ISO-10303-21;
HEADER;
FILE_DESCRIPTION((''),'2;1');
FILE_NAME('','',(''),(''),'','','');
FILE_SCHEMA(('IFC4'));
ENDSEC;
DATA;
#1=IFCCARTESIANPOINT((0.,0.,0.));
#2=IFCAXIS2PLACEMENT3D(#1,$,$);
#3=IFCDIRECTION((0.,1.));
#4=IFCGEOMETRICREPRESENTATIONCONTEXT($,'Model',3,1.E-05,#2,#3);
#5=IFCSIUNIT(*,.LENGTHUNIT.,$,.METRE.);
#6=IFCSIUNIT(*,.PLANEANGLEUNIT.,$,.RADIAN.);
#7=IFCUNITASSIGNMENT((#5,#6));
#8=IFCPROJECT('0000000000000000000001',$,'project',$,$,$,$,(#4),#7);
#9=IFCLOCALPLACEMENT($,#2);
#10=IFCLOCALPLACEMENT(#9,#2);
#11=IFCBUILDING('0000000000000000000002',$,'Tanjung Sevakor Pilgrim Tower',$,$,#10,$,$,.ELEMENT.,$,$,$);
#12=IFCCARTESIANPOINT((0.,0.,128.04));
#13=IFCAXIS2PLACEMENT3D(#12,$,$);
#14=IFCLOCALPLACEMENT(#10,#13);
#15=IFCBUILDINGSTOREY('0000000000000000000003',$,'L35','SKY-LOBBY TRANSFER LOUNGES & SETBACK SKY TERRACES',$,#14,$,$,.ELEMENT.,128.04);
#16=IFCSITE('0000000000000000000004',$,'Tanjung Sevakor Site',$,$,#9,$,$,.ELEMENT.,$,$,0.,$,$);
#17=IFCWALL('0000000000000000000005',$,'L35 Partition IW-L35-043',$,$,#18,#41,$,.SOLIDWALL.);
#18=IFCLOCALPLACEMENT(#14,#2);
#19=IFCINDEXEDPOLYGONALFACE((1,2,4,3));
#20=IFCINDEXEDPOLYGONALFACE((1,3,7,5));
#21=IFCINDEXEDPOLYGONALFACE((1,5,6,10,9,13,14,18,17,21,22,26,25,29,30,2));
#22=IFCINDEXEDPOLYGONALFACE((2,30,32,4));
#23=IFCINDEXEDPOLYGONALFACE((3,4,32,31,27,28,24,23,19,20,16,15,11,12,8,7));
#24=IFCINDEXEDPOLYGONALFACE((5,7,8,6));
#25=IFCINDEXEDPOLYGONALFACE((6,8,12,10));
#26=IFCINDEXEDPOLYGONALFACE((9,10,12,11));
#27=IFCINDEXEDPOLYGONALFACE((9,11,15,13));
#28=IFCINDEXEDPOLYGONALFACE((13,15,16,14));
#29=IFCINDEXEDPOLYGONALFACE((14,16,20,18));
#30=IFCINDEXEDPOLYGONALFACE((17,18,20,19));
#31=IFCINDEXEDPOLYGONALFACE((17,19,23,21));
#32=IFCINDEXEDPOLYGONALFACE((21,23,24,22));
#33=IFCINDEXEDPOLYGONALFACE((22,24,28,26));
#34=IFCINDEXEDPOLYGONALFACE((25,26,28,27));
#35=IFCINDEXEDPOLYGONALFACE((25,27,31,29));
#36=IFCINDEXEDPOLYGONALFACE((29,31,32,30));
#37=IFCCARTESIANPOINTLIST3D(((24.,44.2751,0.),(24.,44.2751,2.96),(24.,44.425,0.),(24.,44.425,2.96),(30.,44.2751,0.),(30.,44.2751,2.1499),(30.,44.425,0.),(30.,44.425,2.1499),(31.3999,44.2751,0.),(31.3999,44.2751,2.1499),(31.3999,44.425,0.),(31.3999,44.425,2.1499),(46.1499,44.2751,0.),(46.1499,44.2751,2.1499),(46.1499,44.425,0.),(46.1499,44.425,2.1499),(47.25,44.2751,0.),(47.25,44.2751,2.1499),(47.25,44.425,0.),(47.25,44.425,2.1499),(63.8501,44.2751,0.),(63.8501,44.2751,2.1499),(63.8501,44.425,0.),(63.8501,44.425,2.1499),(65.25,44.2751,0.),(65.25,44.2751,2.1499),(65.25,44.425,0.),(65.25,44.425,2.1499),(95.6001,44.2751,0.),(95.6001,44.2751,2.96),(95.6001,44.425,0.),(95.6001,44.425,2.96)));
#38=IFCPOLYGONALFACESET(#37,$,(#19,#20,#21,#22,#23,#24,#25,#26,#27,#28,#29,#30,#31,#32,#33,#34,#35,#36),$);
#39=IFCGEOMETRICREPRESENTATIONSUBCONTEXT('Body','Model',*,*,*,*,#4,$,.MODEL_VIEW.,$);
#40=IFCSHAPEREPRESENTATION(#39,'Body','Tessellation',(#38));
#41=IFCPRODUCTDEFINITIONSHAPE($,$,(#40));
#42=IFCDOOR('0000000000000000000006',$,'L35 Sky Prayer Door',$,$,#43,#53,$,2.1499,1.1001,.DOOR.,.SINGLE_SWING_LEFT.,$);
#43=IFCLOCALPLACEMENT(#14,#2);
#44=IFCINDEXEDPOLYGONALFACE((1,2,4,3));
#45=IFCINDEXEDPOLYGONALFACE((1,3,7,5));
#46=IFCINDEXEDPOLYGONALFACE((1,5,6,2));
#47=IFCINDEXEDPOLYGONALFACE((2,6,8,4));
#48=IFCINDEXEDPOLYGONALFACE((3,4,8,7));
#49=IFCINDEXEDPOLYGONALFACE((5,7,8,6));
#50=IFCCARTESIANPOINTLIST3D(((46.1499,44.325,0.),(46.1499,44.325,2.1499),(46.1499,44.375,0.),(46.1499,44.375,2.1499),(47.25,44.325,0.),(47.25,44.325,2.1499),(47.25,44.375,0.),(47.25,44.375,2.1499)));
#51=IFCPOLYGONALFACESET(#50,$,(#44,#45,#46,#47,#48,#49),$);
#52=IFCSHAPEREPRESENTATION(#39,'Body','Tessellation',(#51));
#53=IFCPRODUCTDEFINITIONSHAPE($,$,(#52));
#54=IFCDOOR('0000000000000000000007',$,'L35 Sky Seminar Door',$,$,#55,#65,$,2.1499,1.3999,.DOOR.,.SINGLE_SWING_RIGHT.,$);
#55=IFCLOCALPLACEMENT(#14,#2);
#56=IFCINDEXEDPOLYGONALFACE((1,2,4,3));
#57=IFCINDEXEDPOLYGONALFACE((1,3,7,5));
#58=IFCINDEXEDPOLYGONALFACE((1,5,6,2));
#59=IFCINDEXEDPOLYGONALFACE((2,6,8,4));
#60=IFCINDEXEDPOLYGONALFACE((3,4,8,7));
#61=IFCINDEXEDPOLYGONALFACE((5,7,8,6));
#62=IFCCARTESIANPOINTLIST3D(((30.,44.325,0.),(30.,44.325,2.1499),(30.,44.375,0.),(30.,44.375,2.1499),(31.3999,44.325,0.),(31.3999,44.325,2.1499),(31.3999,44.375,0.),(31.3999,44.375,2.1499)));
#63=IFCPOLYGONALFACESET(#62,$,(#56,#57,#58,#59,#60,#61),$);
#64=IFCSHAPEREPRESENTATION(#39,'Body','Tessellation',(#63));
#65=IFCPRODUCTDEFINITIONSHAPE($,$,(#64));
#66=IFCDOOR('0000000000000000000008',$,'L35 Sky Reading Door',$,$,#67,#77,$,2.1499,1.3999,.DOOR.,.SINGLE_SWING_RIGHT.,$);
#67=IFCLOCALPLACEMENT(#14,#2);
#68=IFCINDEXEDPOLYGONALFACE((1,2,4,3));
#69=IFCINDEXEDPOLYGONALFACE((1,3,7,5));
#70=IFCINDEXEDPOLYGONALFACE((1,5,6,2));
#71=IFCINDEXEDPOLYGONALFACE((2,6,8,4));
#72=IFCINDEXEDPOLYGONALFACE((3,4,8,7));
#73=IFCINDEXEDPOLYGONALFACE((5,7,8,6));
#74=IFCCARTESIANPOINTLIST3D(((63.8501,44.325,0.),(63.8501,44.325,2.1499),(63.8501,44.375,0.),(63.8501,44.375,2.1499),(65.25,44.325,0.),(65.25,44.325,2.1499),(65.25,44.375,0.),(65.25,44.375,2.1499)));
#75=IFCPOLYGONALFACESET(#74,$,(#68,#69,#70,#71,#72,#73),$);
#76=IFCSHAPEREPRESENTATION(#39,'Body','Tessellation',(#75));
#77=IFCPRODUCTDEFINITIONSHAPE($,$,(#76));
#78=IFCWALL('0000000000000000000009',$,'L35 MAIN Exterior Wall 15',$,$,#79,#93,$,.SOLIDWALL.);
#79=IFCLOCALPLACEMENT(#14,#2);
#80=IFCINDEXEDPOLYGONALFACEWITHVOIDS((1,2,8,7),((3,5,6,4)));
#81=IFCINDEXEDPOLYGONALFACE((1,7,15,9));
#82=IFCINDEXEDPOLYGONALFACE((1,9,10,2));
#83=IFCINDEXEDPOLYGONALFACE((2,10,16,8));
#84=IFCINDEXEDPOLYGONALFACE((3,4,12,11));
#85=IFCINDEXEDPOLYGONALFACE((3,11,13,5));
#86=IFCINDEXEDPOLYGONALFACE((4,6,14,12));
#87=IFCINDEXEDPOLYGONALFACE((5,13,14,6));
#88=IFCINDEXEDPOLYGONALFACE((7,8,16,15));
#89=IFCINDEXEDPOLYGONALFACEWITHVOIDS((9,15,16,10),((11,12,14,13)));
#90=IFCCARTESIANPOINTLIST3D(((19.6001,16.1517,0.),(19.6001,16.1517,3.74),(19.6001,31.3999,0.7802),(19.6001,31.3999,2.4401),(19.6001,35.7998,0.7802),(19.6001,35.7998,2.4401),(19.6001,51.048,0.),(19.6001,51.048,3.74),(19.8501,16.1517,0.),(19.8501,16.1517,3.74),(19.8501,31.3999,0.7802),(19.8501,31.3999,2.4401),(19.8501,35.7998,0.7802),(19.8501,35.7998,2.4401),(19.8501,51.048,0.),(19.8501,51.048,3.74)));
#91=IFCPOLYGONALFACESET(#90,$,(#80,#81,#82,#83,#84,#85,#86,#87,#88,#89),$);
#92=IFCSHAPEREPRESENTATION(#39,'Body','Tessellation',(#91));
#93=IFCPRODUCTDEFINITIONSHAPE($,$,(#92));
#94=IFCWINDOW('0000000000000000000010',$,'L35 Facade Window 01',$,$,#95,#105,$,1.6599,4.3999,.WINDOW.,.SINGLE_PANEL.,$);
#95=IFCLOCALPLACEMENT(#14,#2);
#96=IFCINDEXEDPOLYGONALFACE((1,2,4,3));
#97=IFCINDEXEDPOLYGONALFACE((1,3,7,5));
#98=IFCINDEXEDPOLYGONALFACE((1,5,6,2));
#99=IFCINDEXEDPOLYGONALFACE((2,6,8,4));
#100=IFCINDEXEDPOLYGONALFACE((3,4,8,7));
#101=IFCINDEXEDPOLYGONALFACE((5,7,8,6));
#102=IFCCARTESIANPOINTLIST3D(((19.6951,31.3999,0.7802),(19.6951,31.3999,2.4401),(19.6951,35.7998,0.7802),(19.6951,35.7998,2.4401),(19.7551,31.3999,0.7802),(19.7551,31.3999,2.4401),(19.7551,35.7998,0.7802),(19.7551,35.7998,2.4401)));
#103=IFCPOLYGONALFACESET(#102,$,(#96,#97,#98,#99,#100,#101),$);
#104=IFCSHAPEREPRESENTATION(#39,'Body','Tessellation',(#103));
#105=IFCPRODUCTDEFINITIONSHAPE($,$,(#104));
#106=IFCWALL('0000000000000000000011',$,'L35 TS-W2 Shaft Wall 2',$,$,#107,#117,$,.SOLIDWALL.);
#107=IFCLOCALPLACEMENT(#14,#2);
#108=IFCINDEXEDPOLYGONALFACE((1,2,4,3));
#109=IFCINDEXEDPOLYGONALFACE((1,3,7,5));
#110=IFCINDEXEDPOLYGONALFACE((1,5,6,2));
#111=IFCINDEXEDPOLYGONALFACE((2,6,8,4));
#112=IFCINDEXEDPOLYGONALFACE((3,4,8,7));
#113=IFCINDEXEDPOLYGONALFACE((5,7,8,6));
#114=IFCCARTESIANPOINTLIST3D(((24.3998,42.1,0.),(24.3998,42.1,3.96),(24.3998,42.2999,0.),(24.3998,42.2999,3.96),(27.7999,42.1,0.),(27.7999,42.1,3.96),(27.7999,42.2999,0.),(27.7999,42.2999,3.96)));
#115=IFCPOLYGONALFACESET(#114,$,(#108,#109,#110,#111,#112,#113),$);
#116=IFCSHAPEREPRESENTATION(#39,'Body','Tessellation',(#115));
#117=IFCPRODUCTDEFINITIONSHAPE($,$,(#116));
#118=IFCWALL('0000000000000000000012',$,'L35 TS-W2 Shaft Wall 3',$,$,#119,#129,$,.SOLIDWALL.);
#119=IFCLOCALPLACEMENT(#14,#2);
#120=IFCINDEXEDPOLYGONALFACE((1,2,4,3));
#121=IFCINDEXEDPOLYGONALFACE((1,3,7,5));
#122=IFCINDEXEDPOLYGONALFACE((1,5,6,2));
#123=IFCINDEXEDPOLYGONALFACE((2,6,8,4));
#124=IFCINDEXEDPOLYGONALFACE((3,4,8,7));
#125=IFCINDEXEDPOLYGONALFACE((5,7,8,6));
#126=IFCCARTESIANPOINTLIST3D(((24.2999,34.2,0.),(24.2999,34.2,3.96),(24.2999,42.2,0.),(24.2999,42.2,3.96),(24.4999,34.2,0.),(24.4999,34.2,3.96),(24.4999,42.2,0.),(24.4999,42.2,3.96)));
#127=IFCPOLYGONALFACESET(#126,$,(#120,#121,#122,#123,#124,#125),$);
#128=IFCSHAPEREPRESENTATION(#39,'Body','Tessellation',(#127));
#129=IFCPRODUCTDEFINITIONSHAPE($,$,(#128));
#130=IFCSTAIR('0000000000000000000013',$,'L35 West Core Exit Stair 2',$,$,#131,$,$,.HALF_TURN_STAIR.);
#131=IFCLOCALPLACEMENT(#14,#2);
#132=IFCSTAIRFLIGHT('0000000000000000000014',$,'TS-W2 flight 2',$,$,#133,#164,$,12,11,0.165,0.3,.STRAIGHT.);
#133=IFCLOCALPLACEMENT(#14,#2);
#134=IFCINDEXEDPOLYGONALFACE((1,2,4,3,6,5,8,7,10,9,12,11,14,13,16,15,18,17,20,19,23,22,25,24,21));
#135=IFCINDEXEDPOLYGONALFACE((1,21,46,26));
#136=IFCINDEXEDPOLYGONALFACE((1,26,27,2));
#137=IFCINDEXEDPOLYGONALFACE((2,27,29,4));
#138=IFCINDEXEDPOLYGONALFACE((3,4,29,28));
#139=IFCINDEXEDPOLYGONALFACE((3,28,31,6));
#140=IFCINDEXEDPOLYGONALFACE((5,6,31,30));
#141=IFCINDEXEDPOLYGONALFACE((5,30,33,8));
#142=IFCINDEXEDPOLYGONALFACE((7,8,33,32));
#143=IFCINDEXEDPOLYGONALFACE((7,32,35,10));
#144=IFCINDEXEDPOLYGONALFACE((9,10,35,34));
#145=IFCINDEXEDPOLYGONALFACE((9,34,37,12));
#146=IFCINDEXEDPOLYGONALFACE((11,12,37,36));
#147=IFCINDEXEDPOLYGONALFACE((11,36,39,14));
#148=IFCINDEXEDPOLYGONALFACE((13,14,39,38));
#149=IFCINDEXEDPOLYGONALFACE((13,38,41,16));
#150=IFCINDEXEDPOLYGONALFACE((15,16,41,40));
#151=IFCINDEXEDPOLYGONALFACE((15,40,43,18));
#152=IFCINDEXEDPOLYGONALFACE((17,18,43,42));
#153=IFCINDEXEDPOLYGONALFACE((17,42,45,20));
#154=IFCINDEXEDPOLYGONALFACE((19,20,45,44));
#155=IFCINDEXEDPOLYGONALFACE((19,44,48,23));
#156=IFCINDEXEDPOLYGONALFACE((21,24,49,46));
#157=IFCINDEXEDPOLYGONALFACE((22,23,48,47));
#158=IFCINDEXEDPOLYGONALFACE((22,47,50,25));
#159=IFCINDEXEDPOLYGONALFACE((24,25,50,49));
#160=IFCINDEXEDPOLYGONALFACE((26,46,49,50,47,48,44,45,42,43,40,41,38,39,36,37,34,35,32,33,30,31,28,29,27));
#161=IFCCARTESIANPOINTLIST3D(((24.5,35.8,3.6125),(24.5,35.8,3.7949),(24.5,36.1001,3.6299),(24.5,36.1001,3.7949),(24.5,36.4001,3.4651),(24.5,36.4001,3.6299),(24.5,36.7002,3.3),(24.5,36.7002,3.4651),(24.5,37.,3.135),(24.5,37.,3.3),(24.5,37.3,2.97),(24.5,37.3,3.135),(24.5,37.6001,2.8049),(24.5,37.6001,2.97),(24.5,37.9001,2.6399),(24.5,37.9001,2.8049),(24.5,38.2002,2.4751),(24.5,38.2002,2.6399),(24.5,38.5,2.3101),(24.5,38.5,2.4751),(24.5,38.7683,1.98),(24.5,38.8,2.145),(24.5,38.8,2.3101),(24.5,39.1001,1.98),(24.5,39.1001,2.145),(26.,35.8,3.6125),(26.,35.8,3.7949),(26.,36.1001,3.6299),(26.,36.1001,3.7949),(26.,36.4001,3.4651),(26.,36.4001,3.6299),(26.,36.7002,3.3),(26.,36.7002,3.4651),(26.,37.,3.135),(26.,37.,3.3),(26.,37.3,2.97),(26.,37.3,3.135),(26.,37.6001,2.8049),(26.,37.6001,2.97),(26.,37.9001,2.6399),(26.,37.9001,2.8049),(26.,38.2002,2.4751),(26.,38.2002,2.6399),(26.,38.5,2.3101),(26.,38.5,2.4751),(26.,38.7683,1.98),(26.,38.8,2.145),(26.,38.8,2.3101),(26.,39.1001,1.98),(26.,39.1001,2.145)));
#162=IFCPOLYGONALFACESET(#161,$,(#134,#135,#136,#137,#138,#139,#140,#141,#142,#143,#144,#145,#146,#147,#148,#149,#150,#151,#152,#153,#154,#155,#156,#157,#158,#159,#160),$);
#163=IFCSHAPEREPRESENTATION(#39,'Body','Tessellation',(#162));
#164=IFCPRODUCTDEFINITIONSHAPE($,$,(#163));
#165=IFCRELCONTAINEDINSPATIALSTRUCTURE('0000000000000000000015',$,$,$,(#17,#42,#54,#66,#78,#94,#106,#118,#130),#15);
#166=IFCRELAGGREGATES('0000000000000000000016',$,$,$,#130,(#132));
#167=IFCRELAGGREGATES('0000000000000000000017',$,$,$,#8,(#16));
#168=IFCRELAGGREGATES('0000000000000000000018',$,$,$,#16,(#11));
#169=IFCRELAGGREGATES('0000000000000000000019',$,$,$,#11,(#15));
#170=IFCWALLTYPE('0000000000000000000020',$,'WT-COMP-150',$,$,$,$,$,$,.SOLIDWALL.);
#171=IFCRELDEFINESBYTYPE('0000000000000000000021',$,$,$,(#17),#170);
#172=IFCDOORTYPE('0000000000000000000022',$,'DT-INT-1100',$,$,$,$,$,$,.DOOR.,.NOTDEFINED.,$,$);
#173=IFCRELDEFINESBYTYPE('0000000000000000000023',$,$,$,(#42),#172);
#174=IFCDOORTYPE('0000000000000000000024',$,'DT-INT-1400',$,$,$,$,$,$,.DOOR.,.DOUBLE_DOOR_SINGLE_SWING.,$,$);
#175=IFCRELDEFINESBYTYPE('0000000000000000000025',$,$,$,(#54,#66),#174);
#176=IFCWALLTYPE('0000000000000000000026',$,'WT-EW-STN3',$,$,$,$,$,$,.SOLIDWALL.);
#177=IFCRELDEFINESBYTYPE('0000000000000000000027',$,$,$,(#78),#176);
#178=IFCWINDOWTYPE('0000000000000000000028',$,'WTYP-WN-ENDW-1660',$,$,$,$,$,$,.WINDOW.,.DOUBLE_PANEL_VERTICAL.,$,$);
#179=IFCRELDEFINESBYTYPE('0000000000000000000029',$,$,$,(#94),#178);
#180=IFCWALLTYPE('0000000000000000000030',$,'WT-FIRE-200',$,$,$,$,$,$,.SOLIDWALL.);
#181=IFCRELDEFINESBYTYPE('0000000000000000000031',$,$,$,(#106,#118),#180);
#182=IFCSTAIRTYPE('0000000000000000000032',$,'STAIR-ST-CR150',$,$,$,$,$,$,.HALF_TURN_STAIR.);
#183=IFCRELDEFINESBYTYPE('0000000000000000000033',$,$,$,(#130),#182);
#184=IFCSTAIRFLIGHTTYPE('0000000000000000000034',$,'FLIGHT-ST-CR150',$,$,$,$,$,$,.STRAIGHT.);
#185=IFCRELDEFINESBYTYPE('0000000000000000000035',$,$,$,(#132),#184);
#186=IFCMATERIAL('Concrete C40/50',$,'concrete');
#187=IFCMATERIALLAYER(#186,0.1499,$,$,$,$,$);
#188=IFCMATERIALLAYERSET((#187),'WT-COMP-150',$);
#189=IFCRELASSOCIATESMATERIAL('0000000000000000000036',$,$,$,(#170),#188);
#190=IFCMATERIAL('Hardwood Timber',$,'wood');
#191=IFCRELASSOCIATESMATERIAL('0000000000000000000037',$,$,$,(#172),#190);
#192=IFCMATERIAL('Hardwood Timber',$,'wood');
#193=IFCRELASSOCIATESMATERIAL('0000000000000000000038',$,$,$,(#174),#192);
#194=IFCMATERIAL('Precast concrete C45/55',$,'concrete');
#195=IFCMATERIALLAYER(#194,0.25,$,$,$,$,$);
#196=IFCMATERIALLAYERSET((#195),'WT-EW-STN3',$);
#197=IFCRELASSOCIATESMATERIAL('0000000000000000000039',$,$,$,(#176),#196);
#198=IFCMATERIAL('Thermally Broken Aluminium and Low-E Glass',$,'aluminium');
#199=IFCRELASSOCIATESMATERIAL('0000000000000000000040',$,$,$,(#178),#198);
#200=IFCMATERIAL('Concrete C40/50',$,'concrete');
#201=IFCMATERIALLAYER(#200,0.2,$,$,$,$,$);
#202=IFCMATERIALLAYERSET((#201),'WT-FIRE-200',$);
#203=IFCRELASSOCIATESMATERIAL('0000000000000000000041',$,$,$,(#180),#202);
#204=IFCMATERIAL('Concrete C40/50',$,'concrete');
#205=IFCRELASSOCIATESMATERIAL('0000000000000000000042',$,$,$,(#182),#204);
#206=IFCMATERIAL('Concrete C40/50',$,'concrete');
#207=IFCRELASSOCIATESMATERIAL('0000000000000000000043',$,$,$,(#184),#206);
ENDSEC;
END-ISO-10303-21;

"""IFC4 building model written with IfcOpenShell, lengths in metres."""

from ifc_helpers import new_model, si_unit, direction, frame, frame_2d, origin, place, context, subcontext, project, spatial, polyline, rectangle, outline, extrude, material, layer, layer_set, type_object, element, fill, aggregate, save


model = new_model("IFC4")

# Units and contexts
model_context = context("Model", 3, precision=1e-05, world=origin(), true_north=direction((0.0, 1.0)))
body_context = subcontext(model_context, "Body", "Model", "MODEL_VIEW")
ifc_project = project(units=[si_unit("LENGTHUNIT", "METRE"), si_unit("PLANEANGLEUNIT", "RADIAN")], contexts=[model_context])

# Site, building, storey
site_placement = place(None, origin())
site = spatial("IfcSite", under=ifc_project, at=site_placement, Name="Tanjung Sevakor Site", CompositionType="ELEMENT", RefElevation=0.0)
building_placement = place(site_placement, origin())
building = spatial("IfcBuilding", under=site, at=building_placement, Name="Tanjung Sevakor Pilgrim Tower", CompositionType="ELEMENT")
storey_placement = place(building_placement, frame((0.0, 0.0, 128.04)))
storey = spatial("IfcBuildingStorey", under=building, at=storey_placement, Name="L35", Description="SKY-LOBBY TRANSFER LOUNGES & SETBACK SKY TERRACES", CompositionType="ELEMENT", Elevation=128.04)

# Shared definitions
ifc_material_1 = material(Name="Concrete C40/50", Category="concrete")
ifc_layer_1 = layer(ifc_material_1, 0.1499)
ifc_layer_set_1 = layer_set([ifc_layer_1], Name="WT-COMP-150")
wall_type_1 = type_object("IfcWallType", Name="WT-COMP-150", PredefinedType="SOLIDWALL", material=ifc_layer_set_1)

# Wall, openings, doors
wall_1_placement = place(storey_placement, frame((24.0, 44.3501, 0.0), z_axis=(0.0, 0.0, 1.0), x_axis=(1.0, 0.0, 0.0)))
wall_1 = element("IfcWall", 1, at=wall_1_placement, inside=storey, type_object=wall_type_1, Name="L35 Partition IW-L35-043", PredefinedType="SOLIDWALL", context=body_context, shape_type="SweptSolid", body=[
    extrude(rectangle(XDim=71.6001, YDim=0.1499, at=frame_2d((35.8, 0.0))), origin(), (0.0, 0.0, 1.0), 2.96),
])
opening_1_placement = place(wall_1_placement, frame((6.0, 0.0, 0.0)))
opening_1 = element("IfcOpeningElement", 2, at=opening_1_placement, cuts=wall_1, PredefinedType="OPENING", context=body_context, shape_type="SweptSolid", body=[
    extrude(rectangle(XDim=1.3999, YDim=2.1499, at=frame_2d((0.7, 1.075))), frame((0.0, 0.085, 0.0), z_axis=(0.0, -1.0, 0.0), x_axis=(1.0, 0.0, 0.0)), (0.0, 0.0, 1.0), 0.1699),
])
opening_2_placement = place(wall_1_placement, frame((22.1499, 0.0, 0.0)))
opening_2 = element("IfcOpeningElement", 3, at=opening_2_placement, cuts=wall_1, PredefinedType="OPENING", context=body_context, shape_type="SweptSolid", body=[
    extrude(rectangle(XDim=1.1001, YDim=2.1499, at=frame_2d((0.55, 1.075))), frame((0.0, 0.085, 0.0), z_axis=(0.0, -1.0, 0.0), x_axis=(1.0, 0.0, 0.0)), (0.0, 0.0, 1.0), 0.1699),
])
opening_3_placement = place(wall_1_placement, frame((39.8501, 0.0, 0.0)))
opening_3 = element("IfcOpeningElement", 4, at=opening_3_placement, cuts=wall_1, PredefinedType="OPENING", context=body_context, shape_type="SweptSolid", body=[
    extrude(rectangle(XDim=1.3999, YDim=2.1499, at=frame_2d((0.7, 1.075))), frame((0.0, 0.085, 0.0), z_axis=(0.0, -1.0, 0.0), x_axis=(1.0, 0.0, 0.0)), (0.0, 0.0, 1.0), 0.1699),
])
ifc_material_2 = material(Name="Hardwood Timber", Category="wood")
door_type_1 = type_object("IfcDoorType", Name="DT-INT-1100", OperationType="NOTDEFINED", PredefinedType="DOOR", material=ifc_material_2)
door_1_placement = place(opening_2_placement, origin())
door_1 = element("IfcDoor", 5, at=door_1_placement, inside=storey, type_object=door_type_1, Name="L35 Sky Prayer Door", OperationType="SINGLE_SWING_LEFT", OverallHeight=2.1499, OverallWidth=1.1001, PredefinedType="DOOR", context=body_context, shape_type="SweptSolid", body=[
    extrude(rectangle(XDim=1.1001, YDim=2.1499, at=frame_2d((0.55, 1.075))), frame((0.0, 0.0249, 0.0), z_axis=(0.0, -1.0, 0.0), x_axis=(1.0, 0.0, 0.0)), (0.0, 0.0, 1.0), 0.05),
])
fill(opening_2, door_1)
ifc_material_3 = material(Name="Hardwood Timber", Category="wood")
door_type_2 = type_object("IfcDoorType", Name="DT-INT-1400", OperationType="DOUBLE_DOOR_SINGLE_SWING", PredefinedType="DOOR", material=ifc_material_3)
door_2_placement = place(opening_1_placement, origin())
door_2 = element("IfcDoor", 6, at=door_2_placement, inside=storey, type_object=door_type_2, Name="L35 Sky Seminar Door", OperationType="SINGLE_SWING_RIGHT", OverallHeight=2.1499, OverallWidth=1.3999, PredefinedType="DOOR", context=body_context, shape_type="SweptSolid", body=[
    extrude(rectangle(XDim=1.3999, YDim=2.1499, at=frame_2d((0.7, 1.075))), frame((0.0, 0.0249, 0.0), z_axis=(0.0, -1.0, 0.0), x_axis=(1.0, 0.0, 0.0)), (0.0, 0.0, 1.0), 0.05),
])
fill(opening_1, door_2)
door_3_placement = place(opening_3_placement, origin())
door_3 = element("IfcDoor", 7, at=door_3_placement, inside=storey, type_object=door_type_2, Name="L35 Sky Reading Door", OperationType="SINGLE_SWING_RIGHT", OverallHeight=2.1499, OverallWidth=1.3999, PredefinedType="DOOR", context=body_context, shape_type="SweptSolid", body=[
    extrude(rectangle(XDim=1.3999, YDim=2.1499, at=frame_2d((0.7, 1.075))), frame((0.0, 0.0249, 0.0), z_axis=(0.0, -1.0, 0.0), x_axis=(1.0, 0.0, 0.0)), (0.0, 0.0, 1.0), 0.05),
])
fill(opening_3, door_3)

# Wall, opening, window
ifc_material_4 = material(Name="Precast concrete C45/55", Category="concrete")
ifc_layer_2 = layer(ifc_material_4, 0.25)
ifc_layer_set_2 = layer_set([ifc_layer_2], Name="WT-EW-STN3")
wall_type_2 = type_object("IfcWallType", Name="WT-EW-STN3", PredefinedType="SOLIDWALL", material=ifc_layer_set_2)
wall_2_placement = place(storey_placement, frame((19.7251, 51.0481, 0.0), z_axis=(0.0, 0.0, 1.0), x_axis=(0.0, -1.0, 0.0)))
wall_2 = element("IfcWall", 8, at=wall_2_placement, inside=storey, type_object=wall_type_2, Name="L35 MAIN Exterior Wall 15", PredefinedType="SOLIDWALL", context=body_context, shape_type="SweptSolid", body=[
    extrude(rectangle(XDim=34.8962, YDim=0.25, at=frame_2d((17.4482, 0.0))), origin(), (0.0, 0.0, 1.0), 3.74),
])
opening_4_placement = place(wall_2_placement, frame((15.2483, 0.0, 0.78)))
opening_4 = element("IfcOpeningElement", 9, at=opening_4_placement, cuts=wall_2, PredefinedType="OPENING", context=body_context, shape_type="SweptSolid", body=[
    extrude(rectangle(XDim=4.3999, YDim=1.6599, at=frame_2d((2.2, 0.8301))), frame((0.0, 0.135, 0.0), z_axis=(0.0, -1.0, 0.0), x_axis=(1.0, 0.0, 0.0)), (0.0, 0.0, 1.0), 0.27),
])
ifc_material_5 = material(Name="Thermally Broken Aluminium and Low-E Glass", Category="aluminium")
window_type = type_object("IfcWindowType", Name="WTYP-WN-ENDW-1660", PartitioningType="DOUBLE_PANEL_VERTICAL", PredefinedType="WINDOW", material=ifc_material_5)
window_placement = place(opening_4_placement, origin())
window = element("IfcWindow", 10, at=window_placement, inside=storey, type_object=window_type, Name="L35 Facade Window 01", OverallHeight=1.6599, OverallWidth=4.3999, PartitioningType="SINGLE_PANEL", PredefinedType="WINDOW", context=body_context, shape_type="SweptSolid", body=[
    extrude(rectangle(XDim=4.3999, YDim=1.6599, at=frame_2d((2.2, 0.8301))), frame((0.0, 0.03, 0.0), z_axis=(0.0, -1.0, 0.0), x_axis=(1.0, 0.0, 0.0)), (0.0, 0.0, 1.0), 0.0601),
])
fill(opening_4, window)

# Walls
ifc_material_6 = material(Name="Concrete C40/50", Category="concrete")
ifc_layer_3 = layer(ifc_material_6, 0.2)
ifc_layer_set_3 = layer_set([ifc_layer_3], Name="WT-FIRE-200")
wall_type_3 = type_object("IfcWallType", Name="WT-FIRE-200", PredefinedType="SOLIDWALL", material=ifc_layer_set_3)
wall_3_placement = place(storey_placement, frame((27.8, 42.2, 0.0), z_axis=(0.0, 0.0, 1.0), x_axis=(-1.0, 0.0, 0.0)))
element("IfcWall", 11, at=wall_3_placement, inside=storey, type_object=wall_type_3, Name="L35 TS-W2 Shaft Wall 2", PredefinedType="SOLIDWALL", context=body_context, shape_type="SweptSolid", body=[
    extrude(rectangle(XDim=3.4001, YDim=0.2, at=frame_2d((1.7002, 0.0))), origin(), (0.0, 0.0, 1.0), 3.96),
])
wall_4_placement = place(storey_placement, frame((24.3999, 42.2, 0.0), z_axis=(0.0, 0.0, 1.0), x_axis=(0.0, -1.0, 0.0)))
element("IfcWall", 12, at=wall_4_placement, inside=storey, type_object=wall_type_3, Name="L35 TS-W2 Shaft Wall 3", PredefinedType="SOLIDWALL", context=body_context, shape_type="SweptSolid", body=[
    extrude(rectangle(XDim=8.0, YDim=0.2, at=frame_2d((4.0, 0.0))), origin(), (0.0, 0.0, 1.0), 3.96),
])

# Stair, stair flight
ifc_material_7 = material(Name="Concrete C40/50", Category="concrete")
stair_type = type_object("IfcStairType", Name="STAIR-ST-CR150", PredefinedType="HALF_TURN_STAIR", material=ifc_material_7)
stair_placement = place(storey_placement, origin())
stair = element("IfcStair", 13, at=stair_placement, inside=storey, type_object=stair_type, Name="L35 West Core Exit Stair 2", PredefinedType="HALF_TURN_STAIR")
ifc_material_8 = material(Name="Concrete C40/50", Category="concrete")
stair_flight_type = type_object("IfcStairFlightType", Name="FLIGHT-ST-CR150", PredefinedType="STRAIGHT", material=ifc_material_8)
stair_flight_placement = place(storey_placement, frame((25.25, 39.1001, 1.98), z_axis=(0.0, 0.0, 1.0), x_axis=(0.0, -1.0, 0.0)))
stair_flight = element("IfcStairFlight", 14, at=stair_flight_placement, type_object=stair_flight_type, Name="TS-W2 flight 2", NumberOfRisers=12, NumberOfTreads=11, PredefinedType="STRAIGHT", RiserHeight=0.165, TreadLength=0.3, context=body_context, shape_type="SweptSolid", body=[
    extrude(outline(polyline([(0.0, 0.0), (0.0, 0.165), (0.3, 0.165), (0.3, 0.3301), (0.6001, 0.3301), (0.6001, 0.4951), (0.8999, 0.4951), (0.8999, 0.6599), (1.2, 0.6599), (1.2, 0.825), (1.5, 0.825), (1.5, 0.99), (1.8, 0.99), (1.8, 1.155), (2.1001, 1.155), (2.1001, 1.3201), (2.3999, 1.3201), (2.3999, 1.4851), (2.7, 1.4851), (2.7, 1.6499), (3.0, 1.6499), (3.0, 1.8149), (3.3, 1.8149), (3.3, 1.98), (3.3, 1.6326), (0.3318, 0.0), (0.0, 0.0)])), frame((0.0, 0.75, 0.0), z_axis=(0.0, -1.0, 0.0), x_axis=(1.0, 0.0, 0.0)), (0.0, 0.0, 1.0), 1.5),
])
aggregate(stair, [stair_flight])

save(model, "model.ifc")
